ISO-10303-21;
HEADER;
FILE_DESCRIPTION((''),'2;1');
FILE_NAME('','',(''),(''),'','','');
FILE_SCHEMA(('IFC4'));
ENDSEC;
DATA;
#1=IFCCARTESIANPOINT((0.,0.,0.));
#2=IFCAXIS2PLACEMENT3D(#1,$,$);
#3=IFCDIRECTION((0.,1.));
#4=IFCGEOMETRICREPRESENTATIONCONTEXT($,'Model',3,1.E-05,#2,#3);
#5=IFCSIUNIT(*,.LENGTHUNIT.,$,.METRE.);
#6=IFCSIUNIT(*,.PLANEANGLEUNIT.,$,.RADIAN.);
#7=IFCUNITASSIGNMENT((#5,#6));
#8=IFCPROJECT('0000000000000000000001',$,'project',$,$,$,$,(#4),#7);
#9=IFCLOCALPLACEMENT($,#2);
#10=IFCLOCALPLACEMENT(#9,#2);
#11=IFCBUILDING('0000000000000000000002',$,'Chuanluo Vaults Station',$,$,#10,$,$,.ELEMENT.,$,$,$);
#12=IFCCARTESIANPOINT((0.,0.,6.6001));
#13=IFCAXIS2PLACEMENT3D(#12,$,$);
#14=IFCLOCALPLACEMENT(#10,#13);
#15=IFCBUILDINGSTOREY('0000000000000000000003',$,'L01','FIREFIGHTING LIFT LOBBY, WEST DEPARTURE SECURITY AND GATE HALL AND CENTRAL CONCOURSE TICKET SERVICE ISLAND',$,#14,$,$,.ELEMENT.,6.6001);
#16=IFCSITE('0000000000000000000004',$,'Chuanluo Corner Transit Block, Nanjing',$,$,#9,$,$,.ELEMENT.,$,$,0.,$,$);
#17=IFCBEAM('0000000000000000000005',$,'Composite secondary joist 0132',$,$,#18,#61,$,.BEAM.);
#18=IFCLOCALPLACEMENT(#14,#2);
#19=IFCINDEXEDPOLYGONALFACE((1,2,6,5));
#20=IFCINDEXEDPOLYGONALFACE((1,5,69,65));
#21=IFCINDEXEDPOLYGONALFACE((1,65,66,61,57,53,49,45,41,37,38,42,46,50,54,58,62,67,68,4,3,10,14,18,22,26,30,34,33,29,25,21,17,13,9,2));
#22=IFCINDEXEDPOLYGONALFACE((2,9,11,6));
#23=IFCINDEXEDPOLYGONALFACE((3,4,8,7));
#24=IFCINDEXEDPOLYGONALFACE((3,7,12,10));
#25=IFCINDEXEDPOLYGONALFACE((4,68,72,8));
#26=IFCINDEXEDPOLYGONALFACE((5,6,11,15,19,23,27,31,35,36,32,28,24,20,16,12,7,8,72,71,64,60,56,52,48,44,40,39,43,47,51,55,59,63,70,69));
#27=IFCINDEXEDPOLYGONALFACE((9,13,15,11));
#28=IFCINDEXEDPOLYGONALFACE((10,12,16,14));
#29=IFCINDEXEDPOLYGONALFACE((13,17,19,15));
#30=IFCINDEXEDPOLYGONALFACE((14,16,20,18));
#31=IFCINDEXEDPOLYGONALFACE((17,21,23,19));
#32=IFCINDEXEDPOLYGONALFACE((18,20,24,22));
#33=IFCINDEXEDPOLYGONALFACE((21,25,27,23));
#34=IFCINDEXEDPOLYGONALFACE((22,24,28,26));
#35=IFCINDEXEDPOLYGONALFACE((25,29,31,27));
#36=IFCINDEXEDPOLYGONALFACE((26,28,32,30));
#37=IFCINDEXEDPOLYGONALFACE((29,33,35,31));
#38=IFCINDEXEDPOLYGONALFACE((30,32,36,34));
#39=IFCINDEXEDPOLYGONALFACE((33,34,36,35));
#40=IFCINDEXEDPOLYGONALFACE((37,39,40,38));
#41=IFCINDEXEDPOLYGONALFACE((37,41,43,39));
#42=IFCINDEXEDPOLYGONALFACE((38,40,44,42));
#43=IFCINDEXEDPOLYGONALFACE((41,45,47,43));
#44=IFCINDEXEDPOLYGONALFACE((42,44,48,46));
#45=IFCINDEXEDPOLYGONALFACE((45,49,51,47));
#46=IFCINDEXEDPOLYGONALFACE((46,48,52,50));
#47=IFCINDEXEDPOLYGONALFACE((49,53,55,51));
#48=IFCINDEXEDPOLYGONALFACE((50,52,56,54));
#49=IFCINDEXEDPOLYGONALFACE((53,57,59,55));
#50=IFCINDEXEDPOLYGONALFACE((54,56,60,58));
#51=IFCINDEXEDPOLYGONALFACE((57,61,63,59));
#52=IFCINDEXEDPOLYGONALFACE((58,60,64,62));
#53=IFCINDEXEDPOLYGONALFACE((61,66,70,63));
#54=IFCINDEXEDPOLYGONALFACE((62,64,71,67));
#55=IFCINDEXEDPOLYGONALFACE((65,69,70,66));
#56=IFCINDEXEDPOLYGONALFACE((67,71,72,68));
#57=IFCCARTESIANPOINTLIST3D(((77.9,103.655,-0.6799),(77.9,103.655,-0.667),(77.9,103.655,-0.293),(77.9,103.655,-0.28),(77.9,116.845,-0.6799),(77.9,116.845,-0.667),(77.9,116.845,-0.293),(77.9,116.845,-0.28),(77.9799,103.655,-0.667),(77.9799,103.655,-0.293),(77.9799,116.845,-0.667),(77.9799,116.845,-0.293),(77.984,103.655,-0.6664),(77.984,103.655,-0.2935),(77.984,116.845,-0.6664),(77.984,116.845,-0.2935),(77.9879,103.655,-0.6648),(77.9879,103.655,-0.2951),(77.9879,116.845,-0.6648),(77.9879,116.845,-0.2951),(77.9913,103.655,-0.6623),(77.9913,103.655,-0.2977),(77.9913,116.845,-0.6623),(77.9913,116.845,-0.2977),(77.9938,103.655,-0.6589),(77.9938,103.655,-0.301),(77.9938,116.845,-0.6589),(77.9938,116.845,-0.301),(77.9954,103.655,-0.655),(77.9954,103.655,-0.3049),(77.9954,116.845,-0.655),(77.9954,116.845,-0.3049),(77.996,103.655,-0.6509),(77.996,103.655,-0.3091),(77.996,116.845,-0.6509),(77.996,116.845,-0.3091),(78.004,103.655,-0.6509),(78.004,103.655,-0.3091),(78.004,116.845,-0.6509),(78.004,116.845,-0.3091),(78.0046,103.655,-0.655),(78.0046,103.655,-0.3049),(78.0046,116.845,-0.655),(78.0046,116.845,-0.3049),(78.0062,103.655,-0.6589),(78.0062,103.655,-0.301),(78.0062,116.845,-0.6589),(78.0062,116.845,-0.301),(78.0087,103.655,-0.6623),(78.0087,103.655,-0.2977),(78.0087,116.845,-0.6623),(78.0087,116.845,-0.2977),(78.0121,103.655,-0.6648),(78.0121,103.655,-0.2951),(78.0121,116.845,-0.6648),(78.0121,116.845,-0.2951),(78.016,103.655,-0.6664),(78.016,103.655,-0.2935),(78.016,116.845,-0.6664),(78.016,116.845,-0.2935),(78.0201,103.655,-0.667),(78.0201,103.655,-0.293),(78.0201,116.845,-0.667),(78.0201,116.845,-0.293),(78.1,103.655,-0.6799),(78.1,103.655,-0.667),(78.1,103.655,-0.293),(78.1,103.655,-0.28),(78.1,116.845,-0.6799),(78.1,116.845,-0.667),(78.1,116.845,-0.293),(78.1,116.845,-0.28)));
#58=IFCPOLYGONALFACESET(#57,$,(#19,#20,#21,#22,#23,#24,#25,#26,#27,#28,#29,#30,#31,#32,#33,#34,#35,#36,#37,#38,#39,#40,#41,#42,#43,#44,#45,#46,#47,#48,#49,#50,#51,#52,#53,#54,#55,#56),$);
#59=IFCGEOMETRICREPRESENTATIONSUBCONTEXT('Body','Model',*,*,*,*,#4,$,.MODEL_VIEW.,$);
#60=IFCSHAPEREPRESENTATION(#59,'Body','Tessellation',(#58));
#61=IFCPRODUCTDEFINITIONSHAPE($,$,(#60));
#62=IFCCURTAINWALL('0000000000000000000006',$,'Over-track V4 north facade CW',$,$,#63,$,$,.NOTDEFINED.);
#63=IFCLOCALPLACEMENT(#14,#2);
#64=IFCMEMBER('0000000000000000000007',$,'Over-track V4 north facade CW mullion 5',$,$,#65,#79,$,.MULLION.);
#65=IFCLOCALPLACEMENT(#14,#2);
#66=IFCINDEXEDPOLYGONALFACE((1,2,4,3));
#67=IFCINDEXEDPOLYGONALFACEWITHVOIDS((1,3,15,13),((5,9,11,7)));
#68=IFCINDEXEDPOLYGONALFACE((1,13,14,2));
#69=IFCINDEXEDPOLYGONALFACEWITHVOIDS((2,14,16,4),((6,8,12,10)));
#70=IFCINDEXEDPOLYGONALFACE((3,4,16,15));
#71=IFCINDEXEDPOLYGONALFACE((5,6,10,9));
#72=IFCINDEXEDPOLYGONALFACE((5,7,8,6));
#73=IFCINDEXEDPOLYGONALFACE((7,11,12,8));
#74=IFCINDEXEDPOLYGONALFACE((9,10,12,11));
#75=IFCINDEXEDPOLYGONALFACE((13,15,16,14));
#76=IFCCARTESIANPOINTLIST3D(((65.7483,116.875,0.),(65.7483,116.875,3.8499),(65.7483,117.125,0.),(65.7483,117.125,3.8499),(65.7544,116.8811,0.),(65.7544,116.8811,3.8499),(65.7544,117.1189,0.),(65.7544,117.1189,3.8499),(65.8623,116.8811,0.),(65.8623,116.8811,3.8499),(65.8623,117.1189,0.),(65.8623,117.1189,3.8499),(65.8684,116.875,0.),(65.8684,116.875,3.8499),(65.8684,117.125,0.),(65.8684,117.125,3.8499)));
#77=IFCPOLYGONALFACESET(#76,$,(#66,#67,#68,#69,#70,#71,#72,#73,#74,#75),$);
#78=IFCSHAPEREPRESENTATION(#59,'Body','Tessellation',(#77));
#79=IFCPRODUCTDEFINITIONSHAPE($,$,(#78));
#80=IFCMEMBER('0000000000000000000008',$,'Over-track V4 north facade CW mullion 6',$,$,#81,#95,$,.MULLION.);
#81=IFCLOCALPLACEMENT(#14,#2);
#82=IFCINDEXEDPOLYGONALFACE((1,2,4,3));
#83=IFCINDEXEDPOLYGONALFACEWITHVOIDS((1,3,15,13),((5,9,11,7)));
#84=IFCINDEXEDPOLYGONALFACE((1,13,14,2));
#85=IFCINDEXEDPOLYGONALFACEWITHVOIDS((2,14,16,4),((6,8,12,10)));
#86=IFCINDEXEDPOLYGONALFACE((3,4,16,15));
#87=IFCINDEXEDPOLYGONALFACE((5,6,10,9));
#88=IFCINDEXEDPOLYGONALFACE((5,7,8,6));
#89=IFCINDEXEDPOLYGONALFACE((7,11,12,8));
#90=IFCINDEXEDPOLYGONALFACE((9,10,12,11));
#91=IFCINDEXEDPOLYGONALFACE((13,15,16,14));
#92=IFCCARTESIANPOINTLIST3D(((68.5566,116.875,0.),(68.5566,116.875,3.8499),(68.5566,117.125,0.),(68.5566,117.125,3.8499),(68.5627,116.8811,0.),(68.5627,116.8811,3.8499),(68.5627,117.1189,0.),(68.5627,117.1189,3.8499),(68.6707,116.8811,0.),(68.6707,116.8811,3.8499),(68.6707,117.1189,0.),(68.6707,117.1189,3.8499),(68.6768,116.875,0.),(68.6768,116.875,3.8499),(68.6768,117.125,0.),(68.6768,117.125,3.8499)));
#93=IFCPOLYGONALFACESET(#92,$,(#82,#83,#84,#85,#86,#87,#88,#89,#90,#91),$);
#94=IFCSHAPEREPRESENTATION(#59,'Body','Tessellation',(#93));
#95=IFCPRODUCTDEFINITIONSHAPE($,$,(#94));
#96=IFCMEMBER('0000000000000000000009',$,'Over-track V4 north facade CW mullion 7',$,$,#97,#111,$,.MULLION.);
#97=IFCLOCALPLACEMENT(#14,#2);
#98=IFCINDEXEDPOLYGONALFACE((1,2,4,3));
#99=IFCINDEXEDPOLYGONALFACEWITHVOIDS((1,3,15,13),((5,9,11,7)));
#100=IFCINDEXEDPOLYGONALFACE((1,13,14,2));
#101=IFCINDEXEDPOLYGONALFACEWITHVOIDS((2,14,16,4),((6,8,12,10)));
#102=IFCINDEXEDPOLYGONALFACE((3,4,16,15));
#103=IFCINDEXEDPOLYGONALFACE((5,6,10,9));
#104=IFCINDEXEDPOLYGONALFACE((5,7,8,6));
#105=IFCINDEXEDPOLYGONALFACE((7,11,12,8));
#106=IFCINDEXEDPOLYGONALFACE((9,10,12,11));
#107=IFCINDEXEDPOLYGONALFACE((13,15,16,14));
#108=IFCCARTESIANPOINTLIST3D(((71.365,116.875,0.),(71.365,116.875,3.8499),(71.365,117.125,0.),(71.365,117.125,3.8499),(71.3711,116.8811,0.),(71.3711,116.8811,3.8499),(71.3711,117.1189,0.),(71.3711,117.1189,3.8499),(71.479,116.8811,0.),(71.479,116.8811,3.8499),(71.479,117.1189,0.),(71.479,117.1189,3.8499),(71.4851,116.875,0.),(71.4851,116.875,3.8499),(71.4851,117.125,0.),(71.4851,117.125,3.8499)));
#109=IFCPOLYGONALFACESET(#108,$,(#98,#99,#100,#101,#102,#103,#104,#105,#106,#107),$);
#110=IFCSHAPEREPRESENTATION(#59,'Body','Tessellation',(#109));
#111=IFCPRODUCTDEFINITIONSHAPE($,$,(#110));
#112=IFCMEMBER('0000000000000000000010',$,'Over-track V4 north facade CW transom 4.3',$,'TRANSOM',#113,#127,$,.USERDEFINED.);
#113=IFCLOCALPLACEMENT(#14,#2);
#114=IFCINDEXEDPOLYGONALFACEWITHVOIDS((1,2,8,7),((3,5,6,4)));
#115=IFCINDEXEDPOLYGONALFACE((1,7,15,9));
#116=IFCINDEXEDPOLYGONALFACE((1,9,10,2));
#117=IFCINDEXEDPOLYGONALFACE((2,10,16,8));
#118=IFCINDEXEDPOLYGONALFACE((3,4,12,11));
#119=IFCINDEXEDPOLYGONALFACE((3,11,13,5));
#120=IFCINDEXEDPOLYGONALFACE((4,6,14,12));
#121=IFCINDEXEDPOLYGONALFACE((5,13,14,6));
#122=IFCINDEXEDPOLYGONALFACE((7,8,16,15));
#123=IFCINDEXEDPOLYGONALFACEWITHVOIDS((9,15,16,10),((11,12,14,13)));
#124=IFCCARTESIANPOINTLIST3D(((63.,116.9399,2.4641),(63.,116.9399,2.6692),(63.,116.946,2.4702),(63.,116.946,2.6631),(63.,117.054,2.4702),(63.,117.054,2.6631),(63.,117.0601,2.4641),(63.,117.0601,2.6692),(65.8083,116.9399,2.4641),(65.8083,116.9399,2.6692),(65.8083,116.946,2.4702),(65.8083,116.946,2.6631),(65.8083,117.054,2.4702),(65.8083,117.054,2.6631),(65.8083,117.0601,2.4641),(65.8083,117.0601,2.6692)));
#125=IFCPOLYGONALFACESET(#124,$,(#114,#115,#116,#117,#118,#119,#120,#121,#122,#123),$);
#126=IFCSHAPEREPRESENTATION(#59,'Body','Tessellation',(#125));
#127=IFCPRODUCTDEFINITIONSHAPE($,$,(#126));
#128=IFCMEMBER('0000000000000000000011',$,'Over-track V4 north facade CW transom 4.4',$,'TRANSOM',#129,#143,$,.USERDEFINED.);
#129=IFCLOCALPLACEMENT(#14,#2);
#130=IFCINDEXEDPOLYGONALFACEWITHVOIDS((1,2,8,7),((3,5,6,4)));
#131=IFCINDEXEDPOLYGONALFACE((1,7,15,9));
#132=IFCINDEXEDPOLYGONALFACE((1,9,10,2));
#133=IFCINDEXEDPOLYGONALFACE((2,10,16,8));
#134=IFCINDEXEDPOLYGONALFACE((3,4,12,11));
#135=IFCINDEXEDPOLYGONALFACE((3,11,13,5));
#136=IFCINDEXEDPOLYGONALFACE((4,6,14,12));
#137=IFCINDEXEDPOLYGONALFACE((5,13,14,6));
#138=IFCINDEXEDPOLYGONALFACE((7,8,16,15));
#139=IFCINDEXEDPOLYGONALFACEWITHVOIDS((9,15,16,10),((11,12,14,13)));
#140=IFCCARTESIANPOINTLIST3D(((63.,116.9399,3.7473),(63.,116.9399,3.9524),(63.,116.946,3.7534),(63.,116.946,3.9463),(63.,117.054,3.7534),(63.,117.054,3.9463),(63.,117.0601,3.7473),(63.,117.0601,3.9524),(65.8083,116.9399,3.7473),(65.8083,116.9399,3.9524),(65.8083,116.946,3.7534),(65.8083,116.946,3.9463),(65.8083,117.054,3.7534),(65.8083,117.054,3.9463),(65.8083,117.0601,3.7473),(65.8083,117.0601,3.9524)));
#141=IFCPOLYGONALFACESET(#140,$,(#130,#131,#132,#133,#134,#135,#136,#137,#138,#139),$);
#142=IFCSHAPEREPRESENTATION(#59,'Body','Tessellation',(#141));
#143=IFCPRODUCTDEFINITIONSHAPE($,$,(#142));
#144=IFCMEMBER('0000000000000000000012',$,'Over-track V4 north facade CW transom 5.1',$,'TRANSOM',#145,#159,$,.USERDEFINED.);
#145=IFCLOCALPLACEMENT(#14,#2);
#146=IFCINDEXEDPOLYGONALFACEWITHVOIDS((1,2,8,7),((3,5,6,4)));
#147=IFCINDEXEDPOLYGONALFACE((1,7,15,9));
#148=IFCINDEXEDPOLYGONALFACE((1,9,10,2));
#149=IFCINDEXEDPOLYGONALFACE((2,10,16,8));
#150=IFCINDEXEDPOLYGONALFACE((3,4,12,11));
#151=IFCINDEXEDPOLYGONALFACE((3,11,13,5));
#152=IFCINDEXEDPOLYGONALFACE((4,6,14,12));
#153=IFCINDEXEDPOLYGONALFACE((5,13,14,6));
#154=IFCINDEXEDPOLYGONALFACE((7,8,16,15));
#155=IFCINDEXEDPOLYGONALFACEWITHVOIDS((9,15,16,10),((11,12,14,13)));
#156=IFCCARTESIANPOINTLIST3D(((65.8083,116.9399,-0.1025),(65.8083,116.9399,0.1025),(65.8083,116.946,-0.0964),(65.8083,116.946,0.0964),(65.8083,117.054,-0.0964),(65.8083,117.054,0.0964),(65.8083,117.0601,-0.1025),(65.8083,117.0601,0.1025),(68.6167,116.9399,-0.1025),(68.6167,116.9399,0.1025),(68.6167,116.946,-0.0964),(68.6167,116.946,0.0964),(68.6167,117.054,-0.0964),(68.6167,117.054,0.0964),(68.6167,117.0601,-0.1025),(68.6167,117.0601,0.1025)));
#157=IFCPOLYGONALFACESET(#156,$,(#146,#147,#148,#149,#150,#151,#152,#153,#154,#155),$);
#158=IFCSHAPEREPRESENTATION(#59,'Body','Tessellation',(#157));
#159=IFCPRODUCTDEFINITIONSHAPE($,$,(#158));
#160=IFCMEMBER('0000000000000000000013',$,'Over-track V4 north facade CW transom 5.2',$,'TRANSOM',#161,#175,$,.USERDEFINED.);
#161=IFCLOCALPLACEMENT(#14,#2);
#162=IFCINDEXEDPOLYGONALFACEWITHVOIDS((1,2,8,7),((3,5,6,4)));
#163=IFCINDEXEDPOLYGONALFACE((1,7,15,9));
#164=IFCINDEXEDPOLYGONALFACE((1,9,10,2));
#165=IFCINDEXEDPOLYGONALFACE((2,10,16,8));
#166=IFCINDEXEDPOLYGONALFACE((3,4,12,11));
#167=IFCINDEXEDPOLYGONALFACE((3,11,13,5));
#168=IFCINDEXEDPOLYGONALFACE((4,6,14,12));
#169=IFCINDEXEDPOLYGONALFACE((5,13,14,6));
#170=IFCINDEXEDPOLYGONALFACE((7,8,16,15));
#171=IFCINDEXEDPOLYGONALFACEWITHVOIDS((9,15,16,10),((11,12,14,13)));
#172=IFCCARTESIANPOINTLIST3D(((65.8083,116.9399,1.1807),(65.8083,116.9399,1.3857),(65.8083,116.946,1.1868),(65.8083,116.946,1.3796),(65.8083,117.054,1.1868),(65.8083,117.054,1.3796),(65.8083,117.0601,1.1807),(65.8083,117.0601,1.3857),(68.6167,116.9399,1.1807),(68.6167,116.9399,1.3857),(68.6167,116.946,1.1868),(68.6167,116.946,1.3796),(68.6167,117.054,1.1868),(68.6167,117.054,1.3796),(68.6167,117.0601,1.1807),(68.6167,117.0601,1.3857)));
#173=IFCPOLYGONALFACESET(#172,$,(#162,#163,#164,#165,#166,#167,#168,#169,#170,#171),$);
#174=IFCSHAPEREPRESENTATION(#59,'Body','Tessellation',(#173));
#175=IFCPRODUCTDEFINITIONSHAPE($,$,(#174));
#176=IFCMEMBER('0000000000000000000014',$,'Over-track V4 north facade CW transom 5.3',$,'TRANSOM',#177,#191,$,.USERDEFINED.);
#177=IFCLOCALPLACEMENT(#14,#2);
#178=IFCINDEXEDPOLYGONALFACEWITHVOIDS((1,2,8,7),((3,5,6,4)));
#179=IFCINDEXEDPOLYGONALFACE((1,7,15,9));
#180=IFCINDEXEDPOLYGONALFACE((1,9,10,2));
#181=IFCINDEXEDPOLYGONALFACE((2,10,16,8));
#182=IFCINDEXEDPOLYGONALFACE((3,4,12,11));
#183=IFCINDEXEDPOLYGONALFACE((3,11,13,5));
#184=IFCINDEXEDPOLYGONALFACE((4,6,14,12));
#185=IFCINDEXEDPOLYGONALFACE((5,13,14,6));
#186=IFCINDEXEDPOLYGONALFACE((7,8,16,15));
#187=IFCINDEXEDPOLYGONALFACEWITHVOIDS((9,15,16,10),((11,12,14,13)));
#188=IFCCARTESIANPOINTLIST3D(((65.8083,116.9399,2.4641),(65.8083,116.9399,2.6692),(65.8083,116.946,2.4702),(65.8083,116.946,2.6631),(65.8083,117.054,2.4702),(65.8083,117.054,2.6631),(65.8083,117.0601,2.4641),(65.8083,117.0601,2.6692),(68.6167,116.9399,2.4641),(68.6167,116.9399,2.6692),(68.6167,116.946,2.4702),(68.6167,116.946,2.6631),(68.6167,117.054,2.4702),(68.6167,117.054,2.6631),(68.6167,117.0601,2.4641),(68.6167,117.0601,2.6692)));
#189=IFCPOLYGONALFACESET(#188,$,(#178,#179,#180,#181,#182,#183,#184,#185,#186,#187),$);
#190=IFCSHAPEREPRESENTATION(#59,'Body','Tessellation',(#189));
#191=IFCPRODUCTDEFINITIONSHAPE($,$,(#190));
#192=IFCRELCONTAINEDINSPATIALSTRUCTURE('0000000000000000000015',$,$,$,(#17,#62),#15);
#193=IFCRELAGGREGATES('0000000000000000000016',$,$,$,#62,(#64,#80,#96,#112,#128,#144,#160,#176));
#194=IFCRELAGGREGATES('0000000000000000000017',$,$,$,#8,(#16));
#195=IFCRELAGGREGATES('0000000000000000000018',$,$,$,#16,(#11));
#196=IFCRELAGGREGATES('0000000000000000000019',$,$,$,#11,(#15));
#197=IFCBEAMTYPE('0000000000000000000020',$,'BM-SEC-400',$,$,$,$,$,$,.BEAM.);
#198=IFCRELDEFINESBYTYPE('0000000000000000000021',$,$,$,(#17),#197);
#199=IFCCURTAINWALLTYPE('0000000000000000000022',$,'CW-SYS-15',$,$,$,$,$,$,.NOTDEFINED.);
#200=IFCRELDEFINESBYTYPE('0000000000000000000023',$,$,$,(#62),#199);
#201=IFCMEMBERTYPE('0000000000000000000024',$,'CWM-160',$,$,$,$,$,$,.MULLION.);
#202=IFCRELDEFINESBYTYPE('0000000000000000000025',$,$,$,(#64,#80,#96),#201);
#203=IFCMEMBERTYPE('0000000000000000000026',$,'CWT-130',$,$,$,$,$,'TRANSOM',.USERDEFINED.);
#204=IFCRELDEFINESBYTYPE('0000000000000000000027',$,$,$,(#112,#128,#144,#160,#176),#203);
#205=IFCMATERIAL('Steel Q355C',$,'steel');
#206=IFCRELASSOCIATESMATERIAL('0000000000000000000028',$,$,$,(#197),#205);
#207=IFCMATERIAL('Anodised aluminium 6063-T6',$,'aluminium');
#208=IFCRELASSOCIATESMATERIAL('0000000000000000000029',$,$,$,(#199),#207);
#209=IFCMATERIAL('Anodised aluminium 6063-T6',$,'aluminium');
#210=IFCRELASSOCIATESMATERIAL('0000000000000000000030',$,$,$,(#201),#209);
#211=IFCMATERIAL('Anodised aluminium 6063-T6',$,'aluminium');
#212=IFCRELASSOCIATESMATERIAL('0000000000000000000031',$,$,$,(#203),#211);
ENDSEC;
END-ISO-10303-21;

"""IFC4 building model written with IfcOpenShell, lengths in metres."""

from ifc_helpers import new_model, si_unit, direction, frame, origin, origin_2d, place, context, subcontext, project, spatial, hollow_rectangle, i_section, extrude, material, material_profile, profile_set, type_object, element, aggregate, save


model = new_model("IFC4")

# Units and contexts
model_context = context("Model", 3, precision=1e-05, world=origin(), true_north=direction((0.0, 1.0)))
body_context = subcontext(model_context, "Body", "Model", "MODEL_VIEW")
ifc_project = project(units=[si_unit("LENGTHUNIT", "METRE"), si_unit("PLANEANGLEUNIT", "RADIAN")], contexts=[model_context])

# Site, building, storey
site_placement = place(None, origin())
site = spatial("IfcSite", under=ifc_project, at=site_placement, Name="Chuanluo Corner Transit Block, Nanjing", CompositionType="ELEMENT", RefElevation=0.0)
building_placement = place(site_placement, origin())
building = spatial("IfcBuilding", under=site, at=building_placement, Name="Chuanluo Vaults Station", CompositionType="ELEMENT")
storey_placement = place(building_placement, frame((0.0, 0.0, 6.6001)))
storey = spatial("IfcBuildingStorey", under=building, at=storey_placement, Name="L01", Description="FIREFIGHTING LIFT LOBBY, WEST DEPARTURE SECURITY AND GATE HALL AND CENTRAL CONCOURSE TICKET SERVICE ISLAND", CompositionType="ELEMENT", Elevation=6.6001)

# Beam
ifc_material_1 = material(Name="Steel Q355C", Category="steel")
ifc_material_profile_1 = material_profile(ifc_material_1, i_section(OverallWidth=0.2, OverallDepth=0.3999, WebThickness=0.0081, FlangeThickness=0.0129, FilletRadius=0.0161, at=origin_2d()))
ifc_profile_set_1 = profile_set([ifc_material_profile_1], Name="Steel Q355C")
beam_type = type_object("IfcBeamType", Name="BM-SEC-400", PredefinedType="BEAM", material=ifc_profile_set_1)
beam_placement = place(storey_placement, frame((78.0, 103.655, -0.48), z_axis=(0.0, 1.0, 0.0), x_axis=(-1.0, 0.0, 0.0)))
element("IfcBeam", 1, at=beam_placement, inside=storey, type_object=beam_type, Name="Composite secondary joist 0132", PredefinedType="BEAM", context=body_context, shape_type="SweptSolid", body=[
    extrude(i_section(OverallWidth=0.2, OverallDepth=0.3999, WebThickness=0.0081, FlangeThickness=0.0129, FilletRadius=0.0161, at=origin_2d()), origin(), (0.0, 0.0, 1.0), 13.1899),
])

# Curtain wall, members
ifc_material_2 = material(Name="Anodised aluminium 6063-T6", Category="aluminium")
curtain_wall_type = type_object("IfcCurtainWallType", Name="CW-SYS-15", PredefinedType="NOTDEFINED", material=ifc_material_2)
curtain_wall_placement = place(storey_placement, origin())
curtain_wall = element("IfcCurtainWall", 2, at=curtain_wall_placement, inside=storey, type_object=curtain_wall_type, Name="Over-track V4 north facade CW", PredefinedType="NOTDEFINED")
ifc_material_3 = material(Name="Anodised aluminium 6063-T6", Category="aluminium")
ifc_material_profile_2 = material_profile(ifc_material_3, hollow_rectangle(XDim=0.1201, YDim=0.25, WallThickness=0.0061, at=origin_2d()))
ifc_profile_set_2 = profile_set([ifc_material_profile_2], Name="Anodised aluminium 6063-T6")
member_type_1 = type_object("IfcMemberType", Name="CWM-160", PredefinedType="MULLION", material=ifc_profile_set_2)
member_1_placement = place(storey_placement, frame((65.8083, 117.0, 0.0), z_axis=(0.0, 0.0, 1.0), x_axis=(1.0, 0.0, 0.0)))
member_1 = element("IfcMember", 3, at=member_1_placement, type_object=member_type_1, Name="Over-track V4 north facade CW mullion 5", PredefinedType="MULLION", context=body_context, shape_type="SweptSolid", body=[
    extrude(hollow_rectangle(XDim=0.1201, YDim=0.25, WallThickness=0.0061, at=origin_2d()), origin(), (0.0, 0.0, 1.0), 3.8499),
])
member_2_placement = place(storey_placement, frame((68.6167, 117.0, 0.0), z_axis=(0.0, 0.0, 1.0), x_axis=(1.0, 0.0, 0.0)))
member_2 = element("IfcMember", 4, at=member_2_placement, type_object=member_type_1, Name="Over-track V4 north facade CW mullion 6", PredefinedType="MULLION", context=body_context, shape_type="SweptSolid", body=[
    extrude(hollow_rectangle(XDim=0.1201, YDim=0.25, WallThickness=0.0061, at=origin_2d()), origin(), (0.0, 0.0, 1.0), 3.8499),
])
member_3_placement = place(storey_placement, frame((71.425, 117.0, 0.0), z_axis=(0.0, 0.0, 1.0), x_axis=(1.0, 0.0, 0.0)))
member_3 = element("IfcMember", 5, at=member_3_placement, type_object=member_type_1, Name="Over-track V4 north facade CW mullion 7", PredefinedType="MULLION", context=body_context, shape_type="SweptSolid", body=[
    extrude(hollow_rectangle(XDim=0.1201, YDim=0.25, WallThickness=0.0061, at=origin_2d()), origin(), (0.0, 0.0, 1.0), 3.8499),
])
ifc_material_4 = material(Name="Anodised aluminium 6063-T6", Category="aluminium")
ifc_material_profile_3 = material_profile(ifc_material_4, hollow_rectangle(XDim=0.1201, YDim=0.2051, WallThickness=0.0061, at=origin_2d()))
ifc_profile_set_3 = profile_set([ifc_material_profile_3], Name="Anodised aluminium 6063-T6")
member_type_2 = type_object("IfcMemberType", Name="CWT-130", ElementType="TRANSOM", PredefinedType="USERDEFINED", material=ifc_profile_set_3)
member_4_placement = place(storey_placement, frame((63.0, 117.0, 2.5667), z_axis=(1.0, 0.0, 0.0), x_axis=(0.0, 1.0, 0.0)))
member_4 = element("IfcMember", 6, at=member_4_placement, type_object=member_type_2, Name="Over-track V4 north facade CW transom 4.3", ObjectType="TRANSOM", PredefinedType="USERDEFINED", context=body_context, shape_type="SweptSolid", body=[
    extrude(hollow_rectangle(XDim=0.1201, YDim=0.2051, WallThickness=0.0061, at=origin_2d()), origin(), (0.0, 0.0, 1.0), 2.8083),
])
member_5_placement = place(storey_placement, frame((63.0, 117.0, 3.8499), z_axis=(1.0, 0.0, 0.0), x_axis=(0.0, 1.0, 0.0)))
member_5 = element("IfcMember", 7, at=member_5_placement, type_object=member_type_2, Name="Over-track V4 north facade CW transom 4.4", ObjectType="TRANSOM", PredefinedType="USERDEFINED", context=body_context, shape_type="SweptSolid", body=[
    extrude(hollow_rectangle(XDim=0.1201, YDim=0.2051, WallThickness=0.0061, at=origin_2d()), origin(), (0.0, 0.0, 1.0), 2.8083),
])
member_6_placement = place(storey_placement, frame((65.8083, 117.0, 0.0), z_axis=(1.0, 0.0, 0.0), x_axis=(0.0, 1.0, 0.0)))
member_6 = element("IfcMember", 8, at=member_6_placement, type_object=member_type_2, Name="Over-track V4 north facade CW transom 5.1", ObjectType="TRANSOM", PredefinedType="USERDEFINED", context=body_context, shape_type="SweptSolid", body=[
    extrude(hollow_rectangle(XDim=0.1201, YDim=0.2051, WallThickness=0.0061, at=origin_2d()), origin(), (0.0, 0.0, 1.0), 2.8083),
])
member_7_placement = place(storey_placement, frame((65.8083, 117.0, 1.2832), z_axis=(1.0, 0.0, 0.0), x_axis=(0.0, 1.0, 0.0)))
member_7 = element("IfcMember", 9, at=member_7_placement, type_object=member_type_2, Name="Over-track V4 north facade CW transom 5.2", ObjectType="TRANSOM", PredefinedType="USERDEFINED", context=body_context, shape_type="SweptSolid", body=[
    extrude(hollow_rectangle(XDim=0.1201, YDim=0.2051, WallThickness=0.0061, at=origin_2d()), origin(), (0.0, 0.0, 1.0), 2.8083),
])
member_8_placement = place(storey_placement, frame((65.8083, 117.0, 2.5667), z_axis=(1.0, 0.0, 0.0), x_axis=(0.0, 1.0, 0.0)))
member_8 = element("IfcMember", 10, at=member_8_placement, type_object=member_type_2, Name="Over-track V4 north facade CW transom 5.3", ObjectType="TRANSOM", PredefinedType="USERDEFINED", context=body_context, shape_type="SweptSolid", body=[
    extrude(hollow_rectangle(XDim=0.1201, YDim=0.2051, WallThickness=0.0061, at=origin_2d()), origin(), (0.0, 0.0, 1.0), 2.8083),
])
aggregate(curtain_wall, [member_1, member_2, member_3, member_4, member_5, member_6, member_7, member_8])

save(model, "model.ifc")
